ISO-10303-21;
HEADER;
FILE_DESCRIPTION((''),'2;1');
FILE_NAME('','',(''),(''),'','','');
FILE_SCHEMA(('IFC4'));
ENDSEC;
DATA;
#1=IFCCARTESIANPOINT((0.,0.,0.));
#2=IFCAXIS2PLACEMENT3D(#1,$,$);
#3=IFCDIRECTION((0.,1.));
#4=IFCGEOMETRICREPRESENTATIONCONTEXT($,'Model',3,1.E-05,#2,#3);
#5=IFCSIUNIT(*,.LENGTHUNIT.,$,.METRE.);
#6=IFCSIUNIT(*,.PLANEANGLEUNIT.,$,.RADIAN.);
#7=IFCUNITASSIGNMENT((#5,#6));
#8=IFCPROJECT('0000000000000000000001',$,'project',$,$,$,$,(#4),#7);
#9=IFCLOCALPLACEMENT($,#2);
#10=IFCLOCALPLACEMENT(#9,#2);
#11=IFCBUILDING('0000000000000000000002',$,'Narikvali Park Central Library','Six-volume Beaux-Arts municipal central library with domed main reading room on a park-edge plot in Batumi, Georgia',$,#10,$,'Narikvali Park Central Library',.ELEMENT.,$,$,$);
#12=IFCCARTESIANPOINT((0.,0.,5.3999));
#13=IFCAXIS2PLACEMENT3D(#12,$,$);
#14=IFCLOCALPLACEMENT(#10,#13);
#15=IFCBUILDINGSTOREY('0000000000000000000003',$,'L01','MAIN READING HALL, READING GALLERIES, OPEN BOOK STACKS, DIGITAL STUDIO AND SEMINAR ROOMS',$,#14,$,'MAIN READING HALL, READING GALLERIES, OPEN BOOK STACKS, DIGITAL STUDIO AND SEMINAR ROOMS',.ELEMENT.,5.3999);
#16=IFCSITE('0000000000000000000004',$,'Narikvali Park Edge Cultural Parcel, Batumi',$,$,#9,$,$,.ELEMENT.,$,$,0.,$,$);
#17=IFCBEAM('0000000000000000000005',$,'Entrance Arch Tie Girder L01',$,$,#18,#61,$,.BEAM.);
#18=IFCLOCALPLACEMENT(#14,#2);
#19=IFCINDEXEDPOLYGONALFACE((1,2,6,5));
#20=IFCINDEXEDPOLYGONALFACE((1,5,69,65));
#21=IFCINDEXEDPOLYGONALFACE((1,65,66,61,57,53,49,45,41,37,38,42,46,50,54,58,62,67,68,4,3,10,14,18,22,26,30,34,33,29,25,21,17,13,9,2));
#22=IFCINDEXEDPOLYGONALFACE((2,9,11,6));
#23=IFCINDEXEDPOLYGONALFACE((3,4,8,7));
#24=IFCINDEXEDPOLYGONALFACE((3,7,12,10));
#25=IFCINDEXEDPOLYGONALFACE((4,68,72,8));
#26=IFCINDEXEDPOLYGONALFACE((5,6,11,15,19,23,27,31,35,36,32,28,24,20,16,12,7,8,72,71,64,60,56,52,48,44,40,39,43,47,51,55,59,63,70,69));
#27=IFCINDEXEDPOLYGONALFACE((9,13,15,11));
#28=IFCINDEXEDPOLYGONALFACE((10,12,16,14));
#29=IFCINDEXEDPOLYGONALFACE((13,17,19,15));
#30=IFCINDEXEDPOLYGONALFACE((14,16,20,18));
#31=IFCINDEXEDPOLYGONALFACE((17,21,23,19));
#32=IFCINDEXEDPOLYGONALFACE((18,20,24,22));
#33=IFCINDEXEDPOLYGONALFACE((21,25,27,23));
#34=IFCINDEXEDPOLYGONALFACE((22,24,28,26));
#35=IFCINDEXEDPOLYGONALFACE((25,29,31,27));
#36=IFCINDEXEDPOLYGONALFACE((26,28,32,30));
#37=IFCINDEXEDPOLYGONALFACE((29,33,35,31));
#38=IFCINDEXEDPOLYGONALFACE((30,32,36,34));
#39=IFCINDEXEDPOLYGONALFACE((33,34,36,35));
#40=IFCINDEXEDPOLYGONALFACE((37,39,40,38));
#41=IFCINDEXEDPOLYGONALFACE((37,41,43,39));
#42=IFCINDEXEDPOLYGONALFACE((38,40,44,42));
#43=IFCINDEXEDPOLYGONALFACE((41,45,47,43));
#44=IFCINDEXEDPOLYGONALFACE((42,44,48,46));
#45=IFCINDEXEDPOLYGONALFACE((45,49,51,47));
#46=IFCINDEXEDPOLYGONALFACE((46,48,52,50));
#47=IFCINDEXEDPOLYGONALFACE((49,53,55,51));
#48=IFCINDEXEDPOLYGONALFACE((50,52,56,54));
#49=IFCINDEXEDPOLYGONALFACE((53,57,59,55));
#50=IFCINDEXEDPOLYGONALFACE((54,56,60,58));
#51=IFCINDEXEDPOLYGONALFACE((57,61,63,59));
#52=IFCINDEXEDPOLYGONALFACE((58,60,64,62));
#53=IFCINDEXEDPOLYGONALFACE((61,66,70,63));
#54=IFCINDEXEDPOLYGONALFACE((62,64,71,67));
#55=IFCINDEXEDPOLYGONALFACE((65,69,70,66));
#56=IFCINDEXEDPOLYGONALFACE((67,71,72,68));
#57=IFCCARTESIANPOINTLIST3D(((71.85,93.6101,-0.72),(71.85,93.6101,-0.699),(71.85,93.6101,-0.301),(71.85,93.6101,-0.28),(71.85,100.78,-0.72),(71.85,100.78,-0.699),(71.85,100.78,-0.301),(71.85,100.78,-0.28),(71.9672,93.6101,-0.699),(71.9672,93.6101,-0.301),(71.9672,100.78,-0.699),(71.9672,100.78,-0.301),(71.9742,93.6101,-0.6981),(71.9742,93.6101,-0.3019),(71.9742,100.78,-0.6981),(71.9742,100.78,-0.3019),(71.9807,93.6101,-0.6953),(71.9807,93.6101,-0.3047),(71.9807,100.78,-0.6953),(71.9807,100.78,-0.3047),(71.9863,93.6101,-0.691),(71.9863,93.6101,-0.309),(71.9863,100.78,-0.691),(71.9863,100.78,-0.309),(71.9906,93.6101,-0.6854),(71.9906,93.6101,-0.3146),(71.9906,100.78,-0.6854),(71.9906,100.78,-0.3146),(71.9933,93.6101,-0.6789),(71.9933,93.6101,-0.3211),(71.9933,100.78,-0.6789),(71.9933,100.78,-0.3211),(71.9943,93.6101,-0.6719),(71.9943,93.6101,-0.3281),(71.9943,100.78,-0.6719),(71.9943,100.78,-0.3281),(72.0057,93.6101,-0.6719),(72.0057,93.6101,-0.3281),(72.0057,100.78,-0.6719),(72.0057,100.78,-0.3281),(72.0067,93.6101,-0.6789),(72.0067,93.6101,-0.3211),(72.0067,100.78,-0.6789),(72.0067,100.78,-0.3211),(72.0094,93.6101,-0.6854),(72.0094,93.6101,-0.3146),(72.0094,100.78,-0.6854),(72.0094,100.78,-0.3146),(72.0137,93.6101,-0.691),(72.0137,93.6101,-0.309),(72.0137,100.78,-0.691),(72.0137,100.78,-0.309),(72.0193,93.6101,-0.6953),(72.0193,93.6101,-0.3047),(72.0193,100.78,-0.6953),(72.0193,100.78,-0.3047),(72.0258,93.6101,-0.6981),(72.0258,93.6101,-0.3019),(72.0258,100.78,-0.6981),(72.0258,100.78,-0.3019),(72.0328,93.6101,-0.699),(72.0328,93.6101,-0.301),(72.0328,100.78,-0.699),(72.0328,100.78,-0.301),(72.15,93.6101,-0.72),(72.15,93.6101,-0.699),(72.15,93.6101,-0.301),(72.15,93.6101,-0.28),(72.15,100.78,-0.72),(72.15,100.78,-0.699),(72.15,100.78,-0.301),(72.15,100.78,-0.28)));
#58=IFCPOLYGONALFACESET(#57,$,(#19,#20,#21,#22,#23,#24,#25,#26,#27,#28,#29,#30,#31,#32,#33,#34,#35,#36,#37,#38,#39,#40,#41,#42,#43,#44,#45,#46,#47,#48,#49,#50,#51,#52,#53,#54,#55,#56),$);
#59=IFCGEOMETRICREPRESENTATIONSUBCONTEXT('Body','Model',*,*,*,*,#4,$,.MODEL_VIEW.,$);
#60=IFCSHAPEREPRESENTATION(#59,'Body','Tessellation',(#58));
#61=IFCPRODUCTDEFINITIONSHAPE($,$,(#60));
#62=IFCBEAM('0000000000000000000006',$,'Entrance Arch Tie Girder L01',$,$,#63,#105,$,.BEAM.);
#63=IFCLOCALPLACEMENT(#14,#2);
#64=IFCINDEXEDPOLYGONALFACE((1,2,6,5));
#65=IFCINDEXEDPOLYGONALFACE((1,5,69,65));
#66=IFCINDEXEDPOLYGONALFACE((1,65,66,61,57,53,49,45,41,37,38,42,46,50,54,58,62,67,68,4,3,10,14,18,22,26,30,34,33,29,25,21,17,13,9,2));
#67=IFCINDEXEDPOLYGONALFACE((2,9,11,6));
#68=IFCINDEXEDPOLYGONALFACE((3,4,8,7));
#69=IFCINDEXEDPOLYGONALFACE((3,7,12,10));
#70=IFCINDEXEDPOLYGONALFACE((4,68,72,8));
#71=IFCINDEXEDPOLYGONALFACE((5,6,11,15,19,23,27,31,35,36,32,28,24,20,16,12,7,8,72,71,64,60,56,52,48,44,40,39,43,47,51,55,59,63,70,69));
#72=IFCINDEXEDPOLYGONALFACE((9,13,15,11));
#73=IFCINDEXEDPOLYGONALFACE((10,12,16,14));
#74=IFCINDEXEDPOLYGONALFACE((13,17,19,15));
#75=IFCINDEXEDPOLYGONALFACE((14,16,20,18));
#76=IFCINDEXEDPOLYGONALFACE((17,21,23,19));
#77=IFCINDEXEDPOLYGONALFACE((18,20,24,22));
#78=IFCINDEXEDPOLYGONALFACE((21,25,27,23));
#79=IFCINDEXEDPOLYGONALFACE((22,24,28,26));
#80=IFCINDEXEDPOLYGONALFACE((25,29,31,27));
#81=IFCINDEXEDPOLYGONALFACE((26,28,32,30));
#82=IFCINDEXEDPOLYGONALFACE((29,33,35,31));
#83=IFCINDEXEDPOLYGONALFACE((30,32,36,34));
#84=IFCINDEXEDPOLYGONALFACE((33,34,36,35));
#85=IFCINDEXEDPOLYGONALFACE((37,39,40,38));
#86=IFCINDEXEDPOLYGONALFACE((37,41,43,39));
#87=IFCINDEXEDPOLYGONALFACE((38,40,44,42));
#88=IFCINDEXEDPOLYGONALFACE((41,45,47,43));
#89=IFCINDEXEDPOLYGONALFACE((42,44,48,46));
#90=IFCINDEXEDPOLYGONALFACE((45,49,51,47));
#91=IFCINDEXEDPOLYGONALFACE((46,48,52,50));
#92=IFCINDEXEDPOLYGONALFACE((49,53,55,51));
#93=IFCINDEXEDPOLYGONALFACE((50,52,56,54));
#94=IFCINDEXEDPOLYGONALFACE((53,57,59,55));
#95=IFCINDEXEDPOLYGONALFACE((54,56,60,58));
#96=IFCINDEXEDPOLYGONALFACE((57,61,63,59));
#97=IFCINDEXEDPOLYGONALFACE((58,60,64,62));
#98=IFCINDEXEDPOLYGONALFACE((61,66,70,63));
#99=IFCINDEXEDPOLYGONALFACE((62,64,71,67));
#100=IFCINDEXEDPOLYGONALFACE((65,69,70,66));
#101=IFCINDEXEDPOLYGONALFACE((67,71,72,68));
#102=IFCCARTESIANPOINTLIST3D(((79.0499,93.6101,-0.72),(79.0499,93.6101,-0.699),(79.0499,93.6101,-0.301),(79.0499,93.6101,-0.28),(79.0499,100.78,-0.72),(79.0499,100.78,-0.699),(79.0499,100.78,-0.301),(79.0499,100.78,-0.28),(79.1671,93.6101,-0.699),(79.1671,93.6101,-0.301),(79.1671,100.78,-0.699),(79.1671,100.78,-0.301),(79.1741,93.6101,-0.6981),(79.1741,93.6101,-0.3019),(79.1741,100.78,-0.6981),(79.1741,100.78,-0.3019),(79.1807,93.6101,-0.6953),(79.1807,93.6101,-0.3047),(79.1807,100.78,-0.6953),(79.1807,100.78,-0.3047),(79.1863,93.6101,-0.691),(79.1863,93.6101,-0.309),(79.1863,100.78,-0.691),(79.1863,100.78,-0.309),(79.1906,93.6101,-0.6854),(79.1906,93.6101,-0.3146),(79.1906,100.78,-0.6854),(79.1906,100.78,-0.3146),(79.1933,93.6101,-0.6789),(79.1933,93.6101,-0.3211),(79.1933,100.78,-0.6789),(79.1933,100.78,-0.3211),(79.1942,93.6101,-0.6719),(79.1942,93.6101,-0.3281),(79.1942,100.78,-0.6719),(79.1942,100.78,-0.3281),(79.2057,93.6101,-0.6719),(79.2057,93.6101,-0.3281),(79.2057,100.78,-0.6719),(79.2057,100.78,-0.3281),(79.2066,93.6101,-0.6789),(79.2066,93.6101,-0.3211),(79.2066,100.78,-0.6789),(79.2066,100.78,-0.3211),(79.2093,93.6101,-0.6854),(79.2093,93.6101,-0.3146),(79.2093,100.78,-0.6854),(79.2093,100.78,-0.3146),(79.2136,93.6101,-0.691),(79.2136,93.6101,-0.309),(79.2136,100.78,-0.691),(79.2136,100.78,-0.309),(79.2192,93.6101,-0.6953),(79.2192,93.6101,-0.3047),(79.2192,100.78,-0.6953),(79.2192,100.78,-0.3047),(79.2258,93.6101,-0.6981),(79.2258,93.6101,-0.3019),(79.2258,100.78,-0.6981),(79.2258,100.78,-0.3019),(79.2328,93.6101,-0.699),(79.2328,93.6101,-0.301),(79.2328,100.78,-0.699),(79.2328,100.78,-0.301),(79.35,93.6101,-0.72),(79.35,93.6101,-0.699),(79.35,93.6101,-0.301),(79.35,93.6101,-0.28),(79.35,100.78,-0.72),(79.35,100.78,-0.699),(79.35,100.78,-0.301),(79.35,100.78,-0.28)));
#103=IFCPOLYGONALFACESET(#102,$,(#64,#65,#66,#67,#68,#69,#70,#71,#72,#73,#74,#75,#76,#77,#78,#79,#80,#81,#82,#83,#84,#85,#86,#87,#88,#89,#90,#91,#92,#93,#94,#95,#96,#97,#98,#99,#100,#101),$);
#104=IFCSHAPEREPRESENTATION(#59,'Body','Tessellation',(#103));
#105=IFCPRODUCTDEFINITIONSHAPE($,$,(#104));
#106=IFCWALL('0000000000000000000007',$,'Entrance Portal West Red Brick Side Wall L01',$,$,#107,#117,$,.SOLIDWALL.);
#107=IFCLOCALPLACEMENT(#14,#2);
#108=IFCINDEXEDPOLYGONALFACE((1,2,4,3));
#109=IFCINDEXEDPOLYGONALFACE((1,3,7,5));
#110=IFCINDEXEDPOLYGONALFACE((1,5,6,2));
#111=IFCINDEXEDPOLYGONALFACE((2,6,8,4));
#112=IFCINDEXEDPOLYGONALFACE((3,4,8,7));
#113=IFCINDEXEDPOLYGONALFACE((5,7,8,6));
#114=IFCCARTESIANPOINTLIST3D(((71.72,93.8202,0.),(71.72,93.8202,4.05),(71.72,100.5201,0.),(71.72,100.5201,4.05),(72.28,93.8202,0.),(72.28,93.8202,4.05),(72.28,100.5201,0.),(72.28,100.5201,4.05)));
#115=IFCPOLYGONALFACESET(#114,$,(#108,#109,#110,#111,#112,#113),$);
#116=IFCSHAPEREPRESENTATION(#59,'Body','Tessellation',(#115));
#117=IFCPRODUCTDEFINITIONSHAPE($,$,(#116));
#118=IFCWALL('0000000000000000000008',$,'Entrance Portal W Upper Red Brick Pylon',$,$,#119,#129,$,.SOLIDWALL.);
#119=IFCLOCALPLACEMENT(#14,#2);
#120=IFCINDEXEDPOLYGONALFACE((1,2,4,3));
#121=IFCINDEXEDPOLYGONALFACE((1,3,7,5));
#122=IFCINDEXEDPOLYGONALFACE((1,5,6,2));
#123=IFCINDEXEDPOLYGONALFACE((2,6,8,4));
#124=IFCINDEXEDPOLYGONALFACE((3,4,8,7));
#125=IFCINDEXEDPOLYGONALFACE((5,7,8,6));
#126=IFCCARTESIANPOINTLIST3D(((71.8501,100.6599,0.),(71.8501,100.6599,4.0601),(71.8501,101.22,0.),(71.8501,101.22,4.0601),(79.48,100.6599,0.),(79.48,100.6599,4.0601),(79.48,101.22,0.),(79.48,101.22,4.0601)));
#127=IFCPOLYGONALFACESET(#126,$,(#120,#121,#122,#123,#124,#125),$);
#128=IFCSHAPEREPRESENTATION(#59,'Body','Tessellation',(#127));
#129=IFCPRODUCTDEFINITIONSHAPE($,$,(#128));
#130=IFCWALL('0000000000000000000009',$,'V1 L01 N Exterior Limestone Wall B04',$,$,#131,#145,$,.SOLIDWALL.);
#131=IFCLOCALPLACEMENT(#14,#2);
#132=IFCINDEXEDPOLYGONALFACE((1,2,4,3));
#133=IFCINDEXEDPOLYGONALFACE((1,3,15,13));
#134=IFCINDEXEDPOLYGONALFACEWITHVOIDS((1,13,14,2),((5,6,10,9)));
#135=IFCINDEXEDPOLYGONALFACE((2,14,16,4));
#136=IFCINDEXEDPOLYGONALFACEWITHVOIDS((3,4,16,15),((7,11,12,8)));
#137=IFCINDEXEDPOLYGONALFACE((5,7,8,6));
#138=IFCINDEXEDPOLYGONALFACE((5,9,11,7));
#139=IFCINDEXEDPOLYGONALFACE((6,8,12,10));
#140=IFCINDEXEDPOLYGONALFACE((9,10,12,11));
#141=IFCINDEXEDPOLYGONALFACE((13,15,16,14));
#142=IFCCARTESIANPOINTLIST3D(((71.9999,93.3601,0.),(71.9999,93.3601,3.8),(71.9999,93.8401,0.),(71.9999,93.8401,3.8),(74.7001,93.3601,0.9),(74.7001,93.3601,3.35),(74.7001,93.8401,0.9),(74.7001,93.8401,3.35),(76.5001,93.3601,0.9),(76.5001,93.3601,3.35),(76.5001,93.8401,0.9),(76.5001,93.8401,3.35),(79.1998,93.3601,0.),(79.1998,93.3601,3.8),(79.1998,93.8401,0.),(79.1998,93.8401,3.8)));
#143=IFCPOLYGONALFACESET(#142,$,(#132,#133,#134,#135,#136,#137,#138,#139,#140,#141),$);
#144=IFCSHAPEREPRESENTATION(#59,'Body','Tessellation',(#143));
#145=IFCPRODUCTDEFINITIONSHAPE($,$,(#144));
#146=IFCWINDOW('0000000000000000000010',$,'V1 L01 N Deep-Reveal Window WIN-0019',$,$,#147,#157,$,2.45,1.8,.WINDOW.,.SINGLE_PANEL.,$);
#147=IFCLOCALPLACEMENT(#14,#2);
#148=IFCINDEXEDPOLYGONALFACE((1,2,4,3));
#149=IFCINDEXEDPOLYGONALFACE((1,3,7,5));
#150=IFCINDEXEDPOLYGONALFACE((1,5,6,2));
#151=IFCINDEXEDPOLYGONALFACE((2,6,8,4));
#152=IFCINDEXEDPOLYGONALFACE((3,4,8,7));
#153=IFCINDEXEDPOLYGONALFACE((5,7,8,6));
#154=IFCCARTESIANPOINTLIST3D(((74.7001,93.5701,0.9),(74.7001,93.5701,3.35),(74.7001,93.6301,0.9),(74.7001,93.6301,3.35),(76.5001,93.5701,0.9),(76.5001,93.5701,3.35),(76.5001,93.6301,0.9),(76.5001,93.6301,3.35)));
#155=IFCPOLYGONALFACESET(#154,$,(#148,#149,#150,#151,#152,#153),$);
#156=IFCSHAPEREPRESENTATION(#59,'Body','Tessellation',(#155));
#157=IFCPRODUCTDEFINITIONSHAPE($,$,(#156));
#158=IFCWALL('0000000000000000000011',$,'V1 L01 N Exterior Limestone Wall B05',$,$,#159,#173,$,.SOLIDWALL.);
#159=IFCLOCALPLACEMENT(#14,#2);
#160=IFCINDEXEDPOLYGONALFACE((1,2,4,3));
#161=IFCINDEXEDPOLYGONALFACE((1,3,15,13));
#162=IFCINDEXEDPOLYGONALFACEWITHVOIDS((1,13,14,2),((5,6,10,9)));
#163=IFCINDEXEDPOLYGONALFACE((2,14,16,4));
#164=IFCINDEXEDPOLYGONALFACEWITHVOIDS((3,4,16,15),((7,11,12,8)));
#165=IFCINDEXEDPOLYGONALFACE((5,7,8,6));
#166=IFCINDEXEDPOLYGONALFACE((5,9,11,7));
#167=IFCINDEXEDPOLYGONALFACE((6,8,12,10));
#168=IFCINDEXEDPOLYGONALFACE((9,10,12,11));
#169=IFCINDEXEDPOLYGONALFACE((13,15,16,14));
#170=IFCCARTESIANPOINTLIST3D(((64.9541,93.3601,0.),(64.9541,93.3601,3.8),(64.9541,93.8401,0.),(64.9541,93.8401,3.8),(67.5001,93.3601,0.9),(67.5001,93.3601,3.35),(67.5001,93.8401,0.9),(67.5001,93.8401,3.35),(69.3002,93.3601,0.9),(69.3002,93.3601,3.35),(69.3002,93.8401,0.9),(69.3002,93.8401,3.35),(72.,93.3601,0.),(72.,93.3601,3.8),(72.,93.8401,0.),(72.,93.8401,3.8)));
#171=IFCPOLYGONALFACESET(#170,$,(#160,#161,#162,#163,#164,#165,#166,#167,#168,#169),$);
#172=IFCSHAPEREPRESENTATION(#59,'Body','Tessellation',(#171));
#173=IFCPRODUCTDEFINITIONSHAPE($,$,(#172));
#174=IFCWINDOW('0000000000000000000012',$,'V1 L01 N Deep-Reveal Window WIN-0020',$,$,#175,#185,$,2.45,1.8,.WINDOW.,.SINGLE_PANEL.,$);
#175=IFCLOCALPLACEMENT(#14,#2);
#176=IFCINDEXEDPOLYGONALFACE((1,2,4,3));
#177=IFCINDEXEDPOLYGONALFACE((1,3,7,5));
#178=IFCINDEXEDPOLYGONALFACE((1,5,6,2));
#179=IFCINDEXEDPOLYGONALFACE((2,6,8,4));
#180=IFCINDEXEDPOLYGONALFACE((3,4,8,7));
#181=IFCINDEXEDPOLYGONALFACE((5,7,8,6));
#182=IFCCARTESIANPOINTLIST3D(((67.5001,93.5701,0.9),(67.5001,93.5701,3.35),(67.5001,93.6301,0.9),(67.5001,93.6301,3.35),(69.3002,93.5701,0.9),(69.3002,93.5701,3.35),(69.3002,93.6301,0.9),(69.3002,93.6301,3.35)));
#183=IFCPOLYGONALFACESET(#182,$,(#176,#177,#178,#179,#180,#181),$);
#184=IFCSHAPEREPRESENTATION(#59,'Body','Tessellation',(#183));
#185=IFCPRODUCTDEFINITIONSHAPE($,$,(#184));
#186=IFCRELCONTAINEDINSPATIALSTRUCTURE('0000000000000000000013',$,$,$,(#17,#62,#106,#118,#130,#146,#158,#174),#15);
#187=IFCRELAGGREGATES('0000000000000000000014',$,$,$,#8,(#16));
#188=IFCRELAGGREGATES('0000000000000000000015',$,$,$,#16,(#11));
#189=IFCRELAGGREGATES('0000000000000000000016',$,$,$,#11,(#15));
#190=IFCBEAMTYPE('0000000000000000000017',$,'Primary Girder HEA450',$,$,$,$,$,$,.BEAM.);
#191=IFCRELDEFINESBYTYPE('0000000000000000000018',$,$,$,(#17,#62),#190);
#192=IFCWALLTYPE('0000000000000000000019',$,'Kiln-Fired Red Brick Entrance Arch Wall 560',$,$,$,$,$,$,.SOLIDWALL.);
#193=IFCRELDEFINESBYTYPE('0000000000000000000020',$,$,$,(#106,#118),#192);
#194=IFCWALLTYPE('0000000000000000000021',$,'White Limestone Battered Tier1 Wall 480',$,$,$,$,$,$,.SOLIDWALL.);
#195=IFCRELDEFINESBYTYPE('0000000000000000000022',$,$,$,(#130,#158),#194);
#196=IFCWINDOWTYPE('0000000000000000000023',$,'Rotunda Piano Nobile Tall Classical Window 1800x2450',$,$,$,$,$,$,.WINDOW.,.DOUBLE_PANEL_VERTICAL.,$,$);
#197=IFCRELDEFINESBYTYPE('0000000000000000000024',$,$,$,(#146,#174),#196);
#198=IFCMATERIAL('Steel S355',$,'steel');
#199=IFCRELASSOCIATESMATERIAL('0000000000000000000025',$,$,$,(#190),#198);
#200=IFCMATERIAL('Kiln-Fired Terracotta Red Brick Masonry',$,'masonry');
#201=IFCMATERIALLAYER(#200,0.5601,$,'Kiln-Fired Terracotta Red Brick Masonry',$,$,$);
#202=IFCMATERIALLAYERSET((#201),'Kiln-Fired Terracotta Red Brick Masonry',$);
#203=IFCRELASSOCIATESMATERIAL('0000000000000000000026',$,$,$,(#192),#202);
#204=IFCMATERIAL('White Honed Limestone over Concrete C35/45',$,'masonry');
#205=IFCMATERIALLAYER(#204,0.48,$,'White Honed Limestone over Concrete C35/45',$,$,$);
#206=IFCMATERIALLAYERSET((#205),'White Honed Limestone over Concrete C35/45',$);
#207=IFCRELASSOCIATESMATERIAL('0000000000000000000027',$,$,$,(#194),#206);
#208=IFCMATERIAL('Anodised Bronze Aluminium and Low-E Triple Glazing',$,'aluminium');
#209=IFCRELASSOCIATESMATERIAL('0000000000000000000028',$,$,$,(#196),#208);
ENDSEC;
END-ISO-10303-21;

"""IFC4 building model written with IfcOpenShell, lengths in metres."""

from ifc_helpers import new_model, si_unit, direction, frame, frame_2d, origin, origin_2d, place, context, subcontext, project, spatial, rectangle, i_section, extrude, material, layer, layer_set, material_profile, profile_set, type_object, element, fill, save


model = new_model("IFC4")

# Units and contexts
model_context = context("Model", 3, precision=1e-05, world=origin(), true_north=direction((0.0, 1.0)))
body_context = subcontext(model_context, "Body", "Model", "MODEL_VIEW")
ifc_project = project(units=[si_unit("LENGTHUNIT", "METRE"), si_unit("PLANEANGLEUNIT", "RADIAN")], contexts=[model_context])

# Site, building, storey
site_placement = place(None, origin())
site = spatial("IfcSite", under=ifc_project, at=site_placement, Name="Narikvali Park Edge Cultural Parcel, Batumi", CompositionType="ELEMENT", RefElevation=0.0)
building_placement = place(site_placement, origin())
building = spatial("IfcBuilding", under=site, at=building_placement, Name="Narikvali Park Central Library", Description="Six-volume Beaux-Arts municipal central library with domed main reading room on a park-edge plot in Batumi, Georgia", LongName="Narikvali Park Central Library", CompositionType="ELEMENT")
storey_placement = place(building_placement, frame((0.0, 0.0, 5.3999)))
storey = spatial("IfcBuildingStorey", under=building, at=storey_placement, Name="L01", Description="MAIN READING HALL, READING GALLERIES, OPEN BOOK STACKS, DIGITAL STUDIO AND SEMINAR ROOMS", LongName="MAIN READING HALL, READING GALLERIES, OPEN BOOK STACKS, DIGITAL STUDIO AND SEMINAR ROOMS", CompositionType="ELEMENT", Elevation=5.3999)

# Shared definitions
ifc_material_1 = material(Name="Steel S355", Category="steel")

# Beams
ifc_material_profile_1 = material_profile(ifc_material_1, i_section(OverallWidth=0.3, OverallDepth=0.4399, WebThickness=0.0115, FlangeThickness=0.021, FilletRadius=0.0271, at=origin_2d()), Name="HEA 450")
ifc_profile_set_1 = profile_set([ifc_material_profile_1], Name="Steel S355")
beam_type_1 = type_object("IfcBeamType", Name="Primary Girder HEA450", PredefinedType="BEAM", material=ifc_profile_set_1)
for number, where, z_axis, x_axis, name in (
    (1, (72.0, 93.6101, -0.5), (0.0, 1.0, 0.0), (-1.0, 0.0, 0.0), "Entrance Arch Tie Girder L01"),
    (2, (79.2, 93.6101, -0.5), (0.0, 1.0, 0.0), (-1.0, 0.0, 0.0), "Entrance Arch Tie Girder L01"),
):
    element("IfcBeam", number, at=place(storey_placement, frame(where, z_axis=z_axis, x_axis=x_axis)), inside=storey, type_object=beam_type_1, Name=name, PredefinedType="BEAM", context=body_context, shape_type="SweptSolid", body=[
        extrude(i_section(OverallWidth=0.3, OverallDepth=0.4399, WebThickness=0.0115, FlangeThickness=0.021, FilletRadius=0.0271, at=origin_2d()), origin(), (0.0, 0.0, 1.0), 7.1699),
    ])

# Walls
ifc_material_2 = material(Name="Kiln-Fired Terracotta Red Brick Masonry", Category="masonry")
ifc_layer_1 = layer(ifc_material_2, 0.5601, Name="Kiln-Fired Terracotta Red Brick Masonry")
ifc_layer_set_1 = layer_set([ifc_layer_1], Name="Kiln-Fired Terracotta Red Brick Masonry")
wall_type_1 = type_object("IfcWallType", Name="Kiln-Fired Red Brick Entrance Arch Wall 560", PredefinedType="SOLIDWALL", material=ifc_layer_set_1)
wall_1_placement = place(storey_placement, frame((72.0, 93.8201, 0.0), z_axis=(0.0, 0.0, 1.0), x_axis=(0.0, 1.0, 0.0)))
element("IfcWall", 3, at=wall_1_placement, inside=storey, type_object=wall_type_1, Name="Entrance Portal West Red Brick Side Wall L01", PredefinedType="SOLIDWALL", context=body_context, shape_type="SweptSolid", body=[
    extrude(rectangle(XDim=6.7, YDim=0.5601, at=frame_2d((3.3501, 0.0))), origin(), (0.0, 0.0, 1.0), 4.05),
])
wall_2_placement = place(storey_placement, frame((71.8501, 100.9399, 0.0), z_axis=(0.0, 0.0, 1.0), x_axis=(1.0, 0.0, 0.0)))
element("IfcWall", 4, at=wall_2_placement, inside=storey, type_object=wall_type_1, Name="Entrance Portal W Upper Red Brick Pylon", PredefinedType="SOLIDWALL", context=body_context, shape_type="SweptSolid", body=[
    extrude(rectangle(XDim=7.6299, YDim=0.5601, at=frame_2d((3.8149, 0.0))), origin(), (0.0, 0.0, 1.0), 4.0601),
])

# Walls, openings, windows
ifc_material_3 = material(Name="White Honed Limestone over Concrete C35/45", Category="masonry")
ifc_layer_2 = layer(ifc_material_3, 0.48, Name="White Honed Limestone over Concrete C35/45")
ifc_layer_set_2 = layer_set([ifc_layer_2], Name="White Honed Limestone over Concrete C35/45")
wall_type_2 = type_object("IfcWallType", Name="White Limestone Battered Tier1 Wall 480", PredefinedType="SOLIDWALL", material=ifc_layer_set_2)
wall_3_placement = place(storey_placement, frame((79.2, 93.6001, 0.0), z_axis=(0.0, 0.0, 1.0), x_axis=(-1.0, 0.0, 0.0)))
wall_3 = element("IfcWall", 5, at=wall_3_placement, inside=storey, type_object=wall_type_2, Name="V1 L01 N Exterior Limestone Wall B04", PredefinedType="SOLIDWALL", context=body_context, shape_type="SweptSolid", body=[
    extrude(rectangle(XDim=7.2, YDim=0.48, at=frame_2d((3.6001, 0.0))), origin(), (0.0, 0.0, 1.0), 3.8),
])
opening_1_placement = place(wall_3_placement, frame((2.7, 0.0, 0.8999)))
opening_1 = element("IfcOpeningElement", 6, at=opening_1_placement, cuts=wall_3, PredefinedType="OPENING", context=body_context, shape_type="SweptSolid", body=[
    extrude(rectangle(XDim=1.8, YDim=2.45, at=frame_2d((0.8999, 1.2251))), frame((0.0, 0.252, 0.0), z_axis=(0.0, -1.0, 0.0), x_axis=(1.0, 0.0, 0.0)), (0.0, 0.0, 1.0), 0.5039),
])
ifc_material_4 = material(Name="Anodised Bronze Aluminium and Low-E Triple Glazing", Category="aluminium")
window_type = type_object("IfcWindowType", Name="Rotunda Piano Nobile Tall Classical Window 1800x2450", PartitioningType="DOUBLE_PANEL_VERTICAL", PredefinedType="WINDOW", material=ifc_material_4)
window_1_placement = place(opening_1_placement, origin())
window_1 = element("IfcWindow", 7, at=window_1_placement, inside=storey, type_object=window_type, Name="V1 L01 N Deep-Reveal Window WIN-0019", OverallHeight=2.45, OverallWidth=1.8, PartitioningType="SINGLE_PANEL", PredefinedType="WINDOW", context=body_context, shape_type="SweptSolid", body=[
    extrude(rectangle(XDim=1.8, YDim=2.45, at=frame_2d((0.8999, 1.2251))), frame((0.0, 0.03, 0.0), z_axis=(0.0, -1.0, 0.0), x_axis=(1.0, 0.0, 0.0)), (0.0, 0.0, 1.0), 0.0601),
])
fill(opening_1, window_1)
wall_4_placement = place(storey_placement, frame((72.0, 93.6001, 0.0), z_axis=(0.0, 0.0, 1.0), x_axis=(-1.0, 0.0, 0.0)))
wall_4 = element("IfcWall", 8, at=wall_4_placement, inside=storey, type_object=wall_type_2, Name="V1 L01 N Exterior Limestone Wall B05", PredefinedType="SOLIDWALL", context=body_context, shape_type="SweptSolid", body=[
    extrude(rectangle(XDim=7.0459, YDim=0.48, at=frame_2d((3.5229, 0.0))), origin(), (0.0, 0.0, 1.0), 3.8),
])
opening_2_placement = place(wall_4_placement, frame((2.7, 0.0, 0.8999)))
opening_2 = element("IfcOpeningElement", 9, at=opening_2_placement, cuts=wall_4, PredefinedType="OPENING", context=body_context, shape_type="SweptSolid", body=[
    extrude(rectangle(XDim=1.8, YDim=2.45, at=frame_2d((0.8999, 1.2251))), frame((0.0, 0.252, 0.0), z_axis=(0.0, -1.0, 0.0), x_axis=(1.0, 0.0, 0.0)), (0.0, 0.0, 1.0), 0.5039),
])
window_2_placement = place(opening_2_placement, origin())
window_2 = element("IfcWindow", 10, at=window_2_placement, inside=storey, type_object=window_type, Name="V1 L01 N Deep-Reveal Window WIN-0020", OverallHeight=2.45, OverallWidth=1.8, PartitioningType="SINGLE_PANEL", PredefinedType="WINDOW", context=body_context, shape_type="SweptSolid", body=[
    extrude(rectangle(XDim=1.8, YDim=2.45, at=frame_2d((0.8999, 1.2251))), frame((0.0, 0.03, 0.0), z_axis=(0.0, -1.0, 0.0), x_axis=(1.0, 0.0, 0.0)), (0.0, 0.0, 1.0), 0.0601),
])
fill(opening_2, window_2)

save(model, "model.ifc")
